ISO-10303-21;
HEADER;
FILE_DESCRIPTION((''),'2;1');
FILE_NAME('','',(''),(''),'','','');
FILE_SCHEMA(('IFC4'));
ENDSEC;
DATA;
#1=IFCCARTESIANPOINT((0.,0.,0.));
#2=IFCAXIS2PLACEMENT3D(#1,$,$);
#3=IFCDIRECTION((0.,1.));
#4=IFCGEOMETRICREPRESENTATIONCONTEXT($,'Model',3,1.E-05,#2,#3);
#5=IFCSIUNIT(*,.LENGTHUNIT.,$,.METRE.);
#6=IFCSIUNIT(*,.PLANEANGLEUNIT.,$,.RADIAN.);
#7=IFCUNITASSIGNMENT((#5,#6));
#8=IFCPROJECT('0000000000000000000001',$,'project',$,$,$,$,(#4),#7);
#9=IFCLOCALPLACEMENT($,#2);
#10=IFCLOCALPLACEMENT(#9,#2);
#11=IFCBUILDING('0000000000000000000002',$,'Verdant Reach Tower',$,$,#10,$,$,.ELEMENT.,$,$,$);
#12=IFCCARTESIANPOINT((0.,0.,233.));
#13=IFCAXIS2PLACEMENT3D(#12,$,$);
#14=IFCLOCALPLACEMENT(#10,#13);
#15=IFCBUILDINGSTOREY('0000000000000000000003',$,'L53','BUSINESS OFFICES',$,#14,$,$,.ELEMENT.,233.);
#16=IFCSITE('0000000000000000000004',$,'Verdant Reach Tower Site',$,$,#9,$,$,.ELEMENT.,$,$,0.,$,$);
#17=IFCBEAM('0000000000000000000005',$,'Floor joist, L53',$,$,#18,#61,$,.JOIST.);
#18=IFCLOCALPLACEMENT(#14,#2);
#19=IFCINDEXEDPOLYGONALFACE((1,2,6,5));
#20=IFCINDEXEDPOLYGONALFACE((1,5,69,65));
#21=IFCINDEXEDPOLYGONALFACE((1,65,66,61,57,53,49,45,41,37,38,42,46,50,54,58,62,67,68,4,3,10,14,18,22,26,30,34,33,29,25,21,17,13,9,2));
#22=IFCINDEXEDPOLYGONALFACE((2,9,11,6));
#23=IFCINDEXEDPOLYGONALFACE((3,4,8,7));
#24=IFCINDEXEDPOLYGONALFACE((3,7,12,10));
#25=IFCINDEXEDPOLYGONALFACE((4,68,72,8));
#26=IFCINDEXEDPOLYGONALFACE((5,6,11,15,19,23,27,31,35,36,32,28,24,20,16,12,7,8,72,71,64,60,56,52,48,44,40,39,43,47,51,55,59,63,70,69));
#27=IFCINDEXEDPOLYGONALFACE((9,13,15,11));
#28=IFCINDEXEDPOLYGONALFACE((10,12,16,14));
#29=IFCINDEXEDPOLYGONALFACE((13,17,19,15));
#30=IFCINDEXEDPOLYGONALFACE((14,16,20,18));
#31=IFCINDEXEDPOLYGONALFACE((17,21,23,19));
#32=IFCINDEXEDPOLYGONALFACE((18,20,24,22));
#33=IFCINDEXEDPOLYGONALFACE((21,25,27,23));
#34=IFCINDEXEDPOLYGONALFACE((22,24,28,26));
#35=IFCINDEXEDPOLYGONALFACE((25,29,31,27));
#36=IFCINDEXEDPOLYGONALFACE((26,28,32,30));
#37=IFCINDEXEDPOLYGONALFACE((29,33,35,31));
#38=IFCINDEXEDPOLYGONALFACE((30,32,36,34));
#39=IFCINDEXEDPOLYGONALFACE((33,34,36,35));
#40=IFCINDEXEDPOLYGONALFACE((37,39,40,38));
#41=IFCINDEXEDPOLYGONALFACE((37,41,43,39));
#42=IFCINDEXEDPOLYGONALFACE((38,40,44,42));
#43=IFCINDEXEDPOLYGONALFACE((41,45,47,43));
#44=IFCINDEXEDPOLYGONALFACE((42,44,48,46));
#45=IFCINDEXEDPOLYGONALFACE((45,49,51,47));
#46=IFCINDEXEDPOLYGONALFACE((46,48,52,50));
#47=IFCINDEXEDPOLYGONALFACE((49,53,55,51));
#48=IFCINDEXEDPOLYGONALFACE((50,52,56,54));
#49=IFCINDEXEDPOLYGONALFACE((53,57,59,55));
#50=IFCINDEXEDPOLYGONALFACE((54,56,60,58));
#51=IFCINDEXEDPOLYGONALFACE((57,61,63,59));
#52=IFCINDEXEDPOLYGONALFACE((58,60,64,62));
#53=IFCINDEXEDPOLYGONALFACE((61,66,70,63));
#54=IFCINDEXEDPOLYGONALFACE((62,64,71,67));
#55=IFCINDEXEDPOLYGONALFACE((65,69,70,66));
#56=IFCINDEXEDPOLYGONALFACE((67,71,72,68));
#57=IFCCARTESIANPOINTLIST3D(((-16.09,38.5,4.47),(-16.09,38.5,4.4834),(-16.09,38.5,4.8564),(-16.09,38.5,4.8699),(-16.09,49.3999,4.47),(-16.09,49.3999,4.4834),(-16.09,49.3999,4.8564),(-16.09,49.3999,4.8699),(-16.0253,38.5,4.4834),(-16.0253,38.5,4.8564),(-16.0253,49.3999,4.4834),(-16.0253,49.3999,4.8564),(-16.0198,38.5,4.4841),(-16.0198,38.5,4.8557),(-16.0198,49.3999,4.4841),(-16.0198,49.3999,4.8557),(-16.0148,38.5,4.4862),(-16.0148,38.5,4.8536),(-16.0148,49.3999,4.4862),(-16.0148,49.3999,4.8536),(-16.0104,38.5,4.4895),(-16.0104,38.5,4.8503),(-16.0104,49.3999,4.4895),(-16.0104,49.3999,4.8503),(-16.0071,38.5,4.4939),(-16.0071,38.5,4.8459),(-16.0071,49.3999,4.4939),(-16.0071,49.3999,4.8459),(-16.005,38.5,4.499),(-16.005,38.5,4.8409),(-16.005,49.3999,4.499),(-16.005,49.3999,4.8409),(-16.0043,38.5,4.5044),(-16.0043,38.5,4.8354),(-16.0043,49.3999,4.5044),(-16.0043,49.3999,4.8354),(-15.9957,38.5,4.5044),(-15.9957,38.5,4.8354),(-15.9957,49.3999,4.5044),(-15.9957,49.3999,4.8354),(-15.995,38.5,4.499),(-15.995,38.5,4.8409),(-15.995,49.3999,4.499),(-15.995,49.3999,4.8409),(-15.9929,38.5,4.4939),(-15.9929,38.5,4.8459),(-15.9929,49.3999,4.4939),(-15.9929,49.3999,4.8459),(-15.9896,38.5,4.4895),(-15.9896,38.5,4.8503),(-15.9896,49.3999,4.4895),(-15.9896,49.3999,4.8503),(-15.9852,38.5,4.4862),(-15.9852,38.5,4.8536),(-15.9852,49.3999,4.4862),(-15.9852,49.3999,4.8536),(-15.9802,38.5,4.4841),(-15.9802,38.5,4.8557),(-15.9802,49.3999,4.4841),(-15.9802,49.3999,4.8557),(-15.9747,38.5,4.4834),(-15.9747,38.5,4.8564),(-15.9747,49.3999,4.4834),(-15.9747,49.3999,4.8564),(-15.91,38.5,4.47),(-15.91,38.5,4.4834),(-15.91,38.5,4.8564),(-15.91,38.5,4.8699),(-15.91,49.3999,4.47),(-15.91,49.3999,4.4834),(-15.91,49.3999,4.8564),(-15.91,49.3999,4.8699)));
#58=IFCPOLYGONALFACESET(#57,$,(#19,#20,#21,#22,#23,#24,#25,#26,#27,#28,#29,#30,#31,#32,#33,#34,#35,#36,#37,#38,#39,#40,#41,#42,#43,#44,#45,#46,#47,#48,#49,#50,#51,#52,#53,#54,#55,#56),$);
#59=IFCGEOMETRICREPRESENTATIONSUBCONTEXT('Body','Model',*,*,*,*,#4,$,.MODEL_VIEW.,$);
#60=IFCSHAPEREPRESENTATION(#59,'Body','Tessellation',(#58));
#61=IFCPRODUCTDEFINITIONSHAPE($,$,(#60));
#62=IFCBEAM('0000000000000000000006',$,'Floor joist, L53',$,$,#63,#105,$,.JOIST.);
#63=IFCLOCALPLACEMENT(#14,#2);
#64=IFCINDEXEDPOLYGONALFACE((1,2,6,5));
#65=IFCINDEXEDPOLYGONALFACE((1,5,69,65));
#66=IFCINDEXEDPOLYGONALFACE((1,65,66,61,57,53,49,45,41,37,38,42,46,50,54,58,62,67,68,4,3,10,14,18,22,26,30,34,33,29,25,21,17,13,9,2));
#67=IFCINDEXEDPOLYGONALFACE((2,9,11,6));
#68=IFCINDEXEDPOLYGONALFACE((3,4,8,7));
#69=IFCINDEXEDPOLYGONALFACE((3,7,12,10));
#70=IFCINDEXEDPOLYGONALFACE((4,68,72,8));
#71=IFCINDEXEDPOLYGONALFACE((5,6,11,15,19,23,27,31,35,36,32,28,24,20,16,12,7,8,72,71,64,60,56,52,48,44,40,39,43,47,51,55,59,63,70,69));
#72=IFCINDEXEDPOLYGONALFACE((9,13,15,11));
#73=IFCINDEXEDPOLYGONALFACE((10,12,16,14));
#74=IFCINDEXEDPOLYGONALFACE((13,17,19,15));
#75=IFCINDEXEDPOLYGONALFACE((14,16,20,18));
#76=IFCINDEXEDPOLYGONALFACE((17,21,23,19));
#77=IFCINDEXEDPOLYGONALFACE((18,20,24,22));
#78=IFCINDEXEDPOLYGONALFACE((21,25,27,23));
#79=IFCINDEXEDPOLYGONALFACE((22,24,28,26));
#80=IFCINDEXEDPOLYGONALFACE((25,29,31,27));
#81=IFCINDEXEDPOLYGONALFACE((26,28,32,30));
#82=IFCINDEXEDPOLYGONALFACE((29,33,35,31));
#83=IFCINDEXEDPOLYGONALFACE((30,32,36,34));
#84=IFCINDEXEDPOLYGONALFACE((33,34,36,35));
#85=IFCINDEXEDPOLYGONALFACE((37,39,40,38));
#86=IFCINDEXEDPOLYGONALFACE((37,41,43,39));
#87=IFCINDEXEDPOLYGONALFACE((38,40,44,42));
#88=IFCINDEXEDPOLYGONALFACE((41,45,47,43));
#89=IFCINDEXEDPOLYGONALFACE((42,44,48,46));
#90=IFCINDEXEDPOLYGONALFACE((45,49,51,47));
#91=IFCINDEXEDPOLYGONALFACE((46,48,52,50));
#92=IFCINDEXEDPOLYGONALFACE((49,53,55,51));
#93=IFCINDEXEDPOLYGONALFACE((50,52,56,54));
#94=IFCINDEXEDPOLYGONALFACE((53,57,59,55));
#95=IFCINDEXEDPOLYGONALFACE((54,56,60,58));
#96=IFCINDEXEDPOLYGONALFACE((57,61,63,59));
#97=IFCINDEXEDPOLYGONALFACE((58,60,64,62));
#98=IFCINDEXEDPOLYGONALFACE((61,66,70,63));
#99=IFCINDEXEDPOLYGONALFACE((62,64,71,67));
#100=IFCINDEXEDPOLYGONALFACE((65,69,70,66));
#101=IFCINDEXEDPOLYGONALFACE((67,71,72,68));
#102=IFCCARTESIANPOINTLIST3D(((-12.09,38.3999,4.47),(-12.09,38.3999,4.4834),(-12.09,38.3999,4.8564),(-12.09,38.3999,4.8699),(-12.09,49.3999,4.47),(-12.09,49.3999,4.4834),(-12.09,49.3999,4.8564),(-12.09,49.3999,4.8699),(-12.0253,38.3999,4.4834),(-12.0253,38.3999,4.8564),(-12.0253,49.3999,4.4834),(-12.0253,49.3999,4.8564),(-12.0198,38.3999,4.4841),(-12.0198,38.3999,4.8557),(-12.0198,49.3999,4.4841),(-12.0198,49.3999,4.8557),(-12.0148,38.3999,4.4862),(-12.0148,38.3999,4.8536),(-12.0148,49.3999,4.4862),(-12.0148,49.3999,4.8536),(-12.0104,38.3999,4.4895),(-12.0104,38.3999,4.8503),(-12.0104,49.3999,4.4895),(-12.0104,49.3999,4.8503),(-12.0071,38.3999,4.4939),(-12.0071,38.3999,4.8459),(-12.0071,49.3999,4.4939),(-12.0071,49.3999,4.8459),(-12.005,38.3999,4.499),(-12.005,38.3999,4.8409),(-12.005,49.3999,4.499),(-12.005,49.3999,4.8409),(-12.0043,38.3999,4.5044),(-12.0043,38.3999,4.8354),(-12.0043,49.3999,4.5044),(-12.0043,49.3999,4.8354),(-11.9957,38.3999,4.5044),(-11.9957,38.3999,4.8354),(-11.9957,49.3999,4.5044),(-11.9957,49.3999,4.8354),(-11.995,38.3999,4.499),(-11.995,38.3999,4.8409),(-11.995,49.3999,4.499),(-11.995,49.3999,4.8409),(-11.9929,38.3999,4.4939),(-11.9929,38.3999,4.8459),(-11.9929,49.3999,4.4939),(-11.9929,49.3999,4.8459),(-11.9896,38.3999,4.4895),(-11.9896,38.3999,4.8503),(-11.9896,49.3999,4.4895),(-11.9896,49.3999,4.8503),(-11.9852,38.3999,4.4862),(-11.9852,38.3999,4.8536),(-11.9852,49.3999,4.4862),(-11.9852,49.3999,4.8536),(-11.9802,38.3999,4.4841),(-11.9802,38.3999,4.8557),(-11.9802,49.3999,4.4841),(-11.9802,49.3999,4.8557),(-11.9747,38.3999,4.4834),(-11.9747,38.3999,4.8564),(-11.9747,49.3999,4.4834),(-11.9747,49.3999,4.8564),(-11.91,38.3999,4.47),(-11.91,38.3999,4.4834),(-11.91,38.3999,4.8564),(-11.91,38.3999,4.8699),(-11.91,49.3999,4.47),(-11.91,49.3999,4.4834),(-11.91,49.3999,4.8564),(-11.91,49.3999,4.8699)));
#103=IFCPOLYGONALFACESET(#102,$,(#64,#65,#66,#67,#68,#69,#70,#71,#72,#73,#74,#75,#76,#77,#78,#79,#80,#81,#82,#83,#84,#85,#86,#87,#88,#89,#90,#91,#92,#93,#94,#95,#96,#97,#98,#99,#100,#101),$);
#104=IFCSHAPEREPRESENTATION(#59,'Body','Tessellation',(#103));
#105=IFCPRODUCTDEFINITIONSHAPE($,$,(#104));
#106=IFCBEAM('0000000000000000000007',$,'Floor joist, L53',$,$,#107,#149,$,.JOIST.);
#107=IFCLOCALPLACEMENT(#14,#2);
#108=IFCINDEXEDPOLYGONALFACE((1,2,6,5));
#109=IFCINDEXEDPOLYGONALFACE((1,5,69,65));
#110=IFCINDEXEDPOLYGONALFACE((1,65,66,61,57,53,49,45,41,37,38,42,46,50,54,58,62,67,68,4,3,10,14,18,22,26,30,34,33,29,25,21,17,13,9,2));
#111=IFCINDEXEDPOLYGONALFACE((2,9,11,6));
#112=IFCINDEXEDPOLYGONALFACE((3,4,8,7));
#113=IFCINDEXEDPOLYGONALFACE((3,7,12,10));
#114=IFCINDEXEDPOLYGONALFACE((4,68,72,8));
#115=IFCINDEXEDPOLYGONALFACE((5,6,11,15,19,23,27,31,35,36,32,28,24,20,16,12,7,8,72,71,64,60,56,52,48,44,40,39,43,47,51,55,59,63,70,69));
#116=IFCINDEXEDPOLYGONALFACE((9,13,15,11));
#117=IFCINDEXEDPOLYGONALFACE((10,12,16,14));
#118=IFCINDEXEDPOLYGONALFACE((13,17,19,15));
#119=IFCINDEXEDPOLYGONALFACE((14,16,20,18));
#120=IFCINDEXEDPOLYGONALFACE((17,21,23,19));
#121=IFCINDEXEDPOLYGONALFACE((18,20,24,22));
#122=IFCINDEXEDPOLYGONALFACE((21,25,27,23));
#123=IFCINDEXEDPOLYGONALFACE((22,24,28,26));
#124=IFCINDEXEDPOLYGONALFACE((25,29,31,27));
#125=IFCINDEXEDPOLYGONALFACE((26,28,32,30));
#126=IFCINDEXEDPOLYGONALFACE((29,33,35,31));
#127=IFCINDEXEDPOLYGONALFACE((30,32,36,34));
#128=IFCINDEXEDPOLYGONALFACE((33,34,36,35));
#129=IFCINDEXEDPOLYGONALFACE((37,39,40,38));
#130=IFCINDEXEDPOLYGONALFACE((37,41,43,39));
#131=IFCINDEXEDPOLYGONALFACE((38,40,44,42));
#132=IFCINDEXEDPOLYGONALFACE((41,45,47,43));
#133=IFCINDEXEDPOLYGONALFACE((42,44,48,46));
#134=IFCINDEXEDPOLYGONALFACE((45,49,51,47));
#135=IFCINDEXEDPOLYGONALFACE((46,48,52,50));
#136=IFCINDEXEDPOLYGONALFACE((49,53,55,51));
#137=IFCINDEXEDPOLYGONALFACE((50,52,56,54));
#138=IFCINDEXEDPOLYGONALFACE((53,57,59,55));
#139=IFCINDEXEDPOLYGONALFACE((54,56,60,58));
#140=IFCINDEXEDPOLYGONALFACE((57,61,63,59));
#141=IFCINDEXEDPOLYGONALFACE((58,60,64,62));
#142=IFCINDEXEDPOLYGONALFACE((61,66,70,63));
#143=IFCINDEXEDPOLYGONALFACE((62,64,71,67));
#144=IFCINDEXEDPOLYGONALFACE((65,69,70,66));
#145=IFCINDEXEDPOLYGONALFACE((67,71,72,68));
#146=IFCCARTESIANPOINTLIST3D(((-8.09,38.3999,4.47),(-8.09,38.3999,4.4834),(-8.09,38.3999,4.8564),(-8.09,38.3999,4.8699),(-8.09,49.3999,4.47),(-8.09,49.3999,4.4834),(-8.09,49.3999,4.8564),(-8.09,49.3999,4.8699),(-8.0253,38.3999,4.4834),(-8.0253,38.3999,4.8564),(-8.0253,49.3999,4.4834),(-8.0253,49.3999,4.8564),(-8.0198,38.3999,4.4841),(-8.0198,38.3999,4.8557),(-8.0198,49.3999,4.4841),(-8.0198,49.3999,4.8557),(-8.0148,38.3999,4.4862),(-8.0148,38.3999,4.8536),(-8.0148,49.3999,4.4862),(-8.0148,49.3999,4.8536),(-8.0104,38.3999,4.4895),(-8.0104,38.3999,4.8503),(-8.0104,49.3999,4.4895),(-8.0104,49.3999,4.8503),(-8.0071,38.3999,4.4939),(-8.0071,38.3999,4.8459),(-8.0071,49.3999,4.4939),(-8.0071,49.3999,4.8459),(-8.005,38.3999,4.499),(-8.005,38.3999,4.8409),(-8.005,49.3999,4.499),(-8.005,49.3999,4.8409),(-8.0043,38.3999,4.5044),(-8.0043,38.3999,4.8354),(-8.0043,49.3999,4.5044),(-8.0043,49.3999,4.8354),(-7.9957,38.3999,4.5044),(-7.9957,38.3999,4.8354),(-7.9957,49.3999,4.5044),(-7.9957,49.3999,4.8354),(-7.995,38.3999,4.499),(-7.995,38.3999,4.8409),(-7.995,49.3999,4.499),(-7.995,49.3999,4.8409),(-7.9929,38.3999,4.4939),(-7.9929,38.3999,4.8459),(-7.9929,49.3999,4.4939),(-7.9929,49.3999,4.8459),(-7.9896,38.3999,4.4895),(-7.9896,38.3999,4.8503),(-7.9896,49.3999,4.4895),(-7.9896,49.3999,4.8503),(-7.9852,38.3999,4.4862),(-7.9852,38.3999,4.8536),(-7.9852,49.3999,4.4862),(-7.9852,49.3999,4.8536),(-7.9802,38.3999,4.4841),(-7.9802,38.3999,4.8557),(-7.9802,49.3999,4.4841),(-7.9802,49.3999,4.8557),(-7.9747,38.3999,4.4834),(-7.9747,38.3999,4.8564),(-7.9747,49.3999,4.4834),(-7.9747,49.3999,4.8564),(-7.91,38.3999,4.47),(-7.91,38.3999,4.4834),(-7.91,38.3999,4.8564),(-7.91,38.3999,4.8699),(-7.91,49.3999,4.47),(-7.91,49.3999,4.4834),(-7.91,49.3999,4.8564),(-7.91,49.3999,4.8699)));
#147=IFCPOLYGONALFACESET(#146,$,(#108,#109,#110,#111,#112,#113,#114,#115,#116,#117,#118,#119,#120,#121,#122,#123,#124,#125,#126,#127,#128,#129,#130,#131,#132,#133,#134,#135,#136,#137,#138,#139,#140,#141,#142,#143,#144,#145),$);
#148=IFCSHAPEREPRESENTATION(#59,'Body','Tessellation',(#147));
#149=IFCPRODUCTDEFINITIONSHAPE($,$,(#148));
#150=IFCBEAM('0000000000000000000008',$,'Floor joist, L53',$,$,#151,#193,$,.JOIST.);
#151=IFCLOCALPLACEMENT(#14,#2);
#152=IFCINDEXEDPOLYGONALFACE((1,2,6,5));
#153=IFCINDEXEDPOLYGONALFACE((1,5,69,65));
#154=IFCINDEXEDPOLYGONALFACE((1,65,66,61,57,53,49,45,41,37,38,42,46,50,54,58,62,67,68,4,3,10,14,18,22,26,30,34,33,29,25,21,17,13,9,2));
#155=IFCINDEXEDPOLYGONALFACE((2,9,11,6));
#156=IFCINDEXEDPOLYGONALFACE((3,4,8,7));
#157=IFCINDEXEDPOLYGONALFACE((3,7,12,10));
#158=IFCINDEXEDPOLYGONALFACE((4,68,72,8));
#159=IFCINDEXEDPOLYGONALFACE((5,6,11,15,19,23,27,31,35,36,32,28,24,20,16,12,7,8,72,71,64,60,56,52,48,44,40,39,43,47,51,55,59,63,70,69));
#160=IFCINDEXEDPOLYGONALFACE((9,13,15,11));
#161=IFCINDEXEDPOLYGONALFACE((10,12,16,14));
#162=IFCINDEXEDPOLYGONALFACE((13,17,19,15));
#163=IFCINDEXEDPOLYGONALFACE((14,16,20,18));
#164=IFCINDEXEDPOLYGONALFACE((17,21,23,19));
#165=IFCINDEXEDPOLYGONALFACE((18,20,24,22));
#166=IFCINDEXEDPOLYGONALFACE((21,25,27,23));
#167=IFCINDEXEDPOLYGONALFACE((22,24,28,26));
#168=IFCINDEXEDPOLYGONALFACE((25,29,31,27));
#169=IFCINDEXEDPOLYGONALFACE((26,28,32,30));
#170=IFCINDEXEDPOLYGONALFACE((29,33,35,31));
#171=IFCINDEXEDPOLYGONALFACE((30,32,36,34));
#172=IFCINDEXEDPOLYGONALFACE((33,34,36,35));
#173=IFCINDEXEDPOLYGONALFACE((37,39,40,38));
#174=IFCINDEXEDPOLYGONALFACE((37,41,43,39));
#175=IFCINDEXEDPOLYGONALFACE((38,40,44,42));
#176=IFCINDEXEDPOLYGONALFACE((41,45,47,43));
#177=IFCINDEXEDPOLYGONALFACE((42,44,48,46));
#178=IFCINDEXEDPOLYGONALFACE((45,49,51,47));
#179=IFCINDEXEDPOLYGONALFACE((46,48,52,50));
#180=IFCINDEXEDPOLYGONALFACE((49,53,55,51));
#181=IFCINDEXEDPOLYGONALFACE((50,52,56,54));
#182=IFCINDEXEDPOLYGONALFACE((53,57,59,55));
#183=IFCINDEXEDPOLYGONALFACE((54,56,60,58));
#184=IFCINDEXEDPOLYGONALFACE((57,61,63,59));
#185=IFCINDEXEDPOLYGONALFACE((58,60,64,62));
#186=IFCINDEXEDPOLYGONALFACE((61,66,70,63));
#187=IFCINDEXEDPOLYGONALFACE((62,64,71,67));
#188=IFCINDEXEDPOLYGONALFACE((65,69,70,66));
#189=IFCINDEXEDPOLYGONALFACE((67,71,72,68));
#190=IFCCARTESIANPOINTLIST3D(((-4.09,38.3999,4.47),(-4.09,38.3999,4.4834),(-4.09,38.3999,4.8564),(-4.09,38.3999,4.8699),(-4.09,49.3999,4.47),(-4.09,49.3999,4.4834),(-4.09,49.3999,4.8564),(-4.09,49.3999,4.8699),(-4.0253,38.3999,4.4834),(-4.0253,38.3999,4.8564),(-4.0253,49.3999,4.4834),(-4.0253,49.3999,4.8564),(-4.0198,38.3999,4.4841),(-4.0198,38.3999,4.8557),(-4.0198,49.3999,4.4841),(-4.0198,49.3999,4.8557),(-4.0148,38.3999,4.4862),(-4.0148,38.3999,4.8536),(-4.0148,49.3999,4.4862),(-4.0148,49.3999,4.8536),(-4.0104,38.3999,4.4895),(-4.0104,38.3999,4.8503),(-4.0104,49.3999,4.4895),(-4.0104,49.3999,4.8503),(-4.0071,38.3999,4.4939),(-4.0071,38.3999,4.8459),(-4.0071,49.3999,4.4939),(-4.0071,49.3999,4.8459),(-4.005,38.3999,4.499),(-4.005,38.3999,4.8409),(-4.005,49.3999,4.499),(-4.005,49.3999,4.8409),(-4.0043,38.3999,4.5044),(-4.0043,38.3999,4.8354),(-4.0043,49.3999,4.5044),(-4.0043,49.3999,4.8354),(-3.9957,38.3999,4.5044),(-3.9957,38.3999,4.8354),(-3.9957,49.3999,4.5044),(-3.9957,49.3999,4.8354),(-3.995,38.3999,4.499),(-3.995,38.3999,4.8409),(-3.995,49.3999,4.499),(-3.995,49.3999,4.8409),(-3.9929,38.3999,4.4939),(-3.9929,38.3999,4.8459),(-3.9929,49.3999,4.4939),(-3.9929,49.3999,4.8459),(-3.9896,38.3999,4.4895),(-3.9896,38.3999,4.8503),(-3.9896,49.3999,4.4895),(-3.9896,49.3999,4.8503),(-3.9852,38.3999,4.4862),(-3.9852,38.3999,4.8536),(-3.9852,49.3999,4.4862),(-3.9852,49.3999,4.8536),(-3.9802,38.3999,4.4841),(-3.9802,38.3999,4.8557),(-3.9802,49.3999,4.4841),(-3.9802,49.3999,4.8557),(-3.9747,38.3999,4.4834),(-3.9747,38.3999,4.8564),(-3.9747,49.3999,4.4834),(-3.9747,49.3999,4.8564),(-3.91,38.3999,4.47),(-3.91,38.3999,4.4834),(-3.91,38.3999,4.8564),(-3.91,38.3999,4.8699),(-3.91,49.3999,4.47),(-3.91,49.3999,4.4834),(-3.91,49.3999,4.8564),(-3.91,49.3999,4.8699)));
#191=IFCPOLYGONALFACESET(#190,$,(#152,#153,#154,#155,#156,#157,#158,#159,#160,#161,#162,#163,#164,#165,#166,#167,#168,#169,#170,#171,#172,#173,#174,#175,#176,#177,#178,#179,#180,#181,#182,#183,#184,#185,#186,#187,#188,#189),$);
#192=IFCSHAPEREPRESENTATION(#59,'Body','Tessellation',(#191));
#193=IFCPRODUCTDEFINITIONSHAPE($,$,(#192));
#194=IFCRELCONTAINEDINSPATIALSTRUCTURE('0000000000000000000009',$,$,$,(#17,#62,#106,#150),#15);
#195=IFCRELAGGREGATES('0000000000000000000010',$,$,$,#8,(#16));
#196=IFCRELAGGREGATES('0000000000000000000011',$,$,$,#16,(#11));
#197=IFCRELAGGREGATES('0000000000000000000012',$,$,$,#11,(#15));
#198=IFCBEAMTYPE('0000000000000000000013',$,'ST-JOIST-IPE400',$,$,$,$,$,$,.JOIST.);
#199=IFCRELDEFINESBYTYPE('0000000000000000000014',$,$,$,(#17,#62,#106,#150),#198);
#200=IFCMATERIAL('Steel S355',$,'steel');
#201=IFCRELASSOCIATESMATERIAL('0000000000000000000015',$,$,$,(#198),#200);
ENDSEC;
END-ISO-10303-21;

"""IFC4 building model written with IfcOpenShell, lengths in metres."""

from ifc_helpers import new_model, si_unit, direction, frame, origin, origin_2d, place, context, subcontext, project, spatial, i_section, extrude, material, material_profile, profile_set, type_object, element, save


model = new_model("IFC4")

# Units and contexts
model_context = context("Model", 3, precision=1e-05, world=origin(), true_north=direction((0.0, 1.0)))
body_context = subcontext(model_context, "Body", "Model", "MODEL_VIEW")
ifc_project = project(units=[si_unit("LENGTHUNIT", "METRE"), si_unit("PLANEANGLEUNIT", "RADIAN")], contexts=[model_context])

# Site, building, storey
site_placement = place(None, origin())
site = spatial("IfcSite", under=ifc_project, at=site_placement, Name="Verdant Reach Tower Site", CompositionType="ELEMENT", RefElevation=0.0)
building_placement = place(site_placement, origin())
building = spatial("IfcBuilding", under=site, at=building_placement, Name="Verdant Reach Tower", CompositionType="ELEMENT")
storey_placement = place(building_placement, frame((0.0, 0.0, 233.0)))
storey = spatial("IfcBuildingStorey", under=building, at=storey_placement, Name="L53", Description="BUSINESS OFFICES", CompositionType="ELEMENT", Elevation=233.0)

# Beams
ifc_material_1 = material(Name="Steel S355", Category="steel")
ifc_material_profile_1 = material_profile(ifc_material_1, i_section(OverallWidth=0.1799, OverallDepth=0.3999, WebThickness=0.0085, FlangeThickness=0.0134, FilletRadius=0.021, at=origin_2d()), Name="IPE 400")
ifc_profile_set_1 = profile_set([ifc_material_profile_1], Name="Steel S355")
beam_type_1 = type_object("IfcBeamType", Name="ST-JOIST-IPE400", PredefinedType="JOIST", material=ifc_profile_set_1)
beam_1_placement = place(storey_placement, frame((-16.0, 38.5, 4.6699), z_axis=(0.0, 1.0, 0.0), x_axis=(-1.0, 0.0, 0.0)))
element("IfcBeam", 1, at=beam_1_placement, inside=storey, type_object=beam_type_1, Name="Floor joist, L53", PredefinedType="JOIST", context=body_context, shape_type="SweptSolid", body=[
    extrude(i_section(OverallWidth=0.1799, OverallDepth=0.3999, WebThickness=0.0085, FlangeThickness=0.0134, FilletRadius=0.021, at=origin_2d()), origin(), (0.0, 0.0, 1.0), 10.8999),
])
for number, where, z_axis, x_axis, name in (
    (2, (-12.0, 38.3999, 4.6699), (0.0, 1.0, 0.0), (-1.0, 0.0, 0.0), "Floor joist, L53"),
    (3, (-8.0, 38.3999, 4.6699), (0.0, 1.0, 0.0), (-1.0, 0.0, 0.0), "Floor joist, L53"),
    (4, (-4.0, 38.3999, 4.6699), (0.0, 1.0, 0.0), (-1.0, 0.0, 0.0), "Floor joist, L53"),
):
    element("IfcBeam", number, at=place(storey_placement, frame(where, z_axis=z_axis, x_axis=x_axis)), inside=storey, type_object=beam_type_1, Name=name, PredefinedType="JOIST", context=body_context, shape_type="SweptSolid", body=[
        extrude(i_section(OverallWidth=0.1799, OverallDepth=0.3999, WebThickness=0.0085, FlangeThickness=0.0134, FilletRadius=0.021, at=origin_2d()), origin(), (0.0, 0.0, 1.0), 11.0),
    ])

save(model, "model.ifc")
